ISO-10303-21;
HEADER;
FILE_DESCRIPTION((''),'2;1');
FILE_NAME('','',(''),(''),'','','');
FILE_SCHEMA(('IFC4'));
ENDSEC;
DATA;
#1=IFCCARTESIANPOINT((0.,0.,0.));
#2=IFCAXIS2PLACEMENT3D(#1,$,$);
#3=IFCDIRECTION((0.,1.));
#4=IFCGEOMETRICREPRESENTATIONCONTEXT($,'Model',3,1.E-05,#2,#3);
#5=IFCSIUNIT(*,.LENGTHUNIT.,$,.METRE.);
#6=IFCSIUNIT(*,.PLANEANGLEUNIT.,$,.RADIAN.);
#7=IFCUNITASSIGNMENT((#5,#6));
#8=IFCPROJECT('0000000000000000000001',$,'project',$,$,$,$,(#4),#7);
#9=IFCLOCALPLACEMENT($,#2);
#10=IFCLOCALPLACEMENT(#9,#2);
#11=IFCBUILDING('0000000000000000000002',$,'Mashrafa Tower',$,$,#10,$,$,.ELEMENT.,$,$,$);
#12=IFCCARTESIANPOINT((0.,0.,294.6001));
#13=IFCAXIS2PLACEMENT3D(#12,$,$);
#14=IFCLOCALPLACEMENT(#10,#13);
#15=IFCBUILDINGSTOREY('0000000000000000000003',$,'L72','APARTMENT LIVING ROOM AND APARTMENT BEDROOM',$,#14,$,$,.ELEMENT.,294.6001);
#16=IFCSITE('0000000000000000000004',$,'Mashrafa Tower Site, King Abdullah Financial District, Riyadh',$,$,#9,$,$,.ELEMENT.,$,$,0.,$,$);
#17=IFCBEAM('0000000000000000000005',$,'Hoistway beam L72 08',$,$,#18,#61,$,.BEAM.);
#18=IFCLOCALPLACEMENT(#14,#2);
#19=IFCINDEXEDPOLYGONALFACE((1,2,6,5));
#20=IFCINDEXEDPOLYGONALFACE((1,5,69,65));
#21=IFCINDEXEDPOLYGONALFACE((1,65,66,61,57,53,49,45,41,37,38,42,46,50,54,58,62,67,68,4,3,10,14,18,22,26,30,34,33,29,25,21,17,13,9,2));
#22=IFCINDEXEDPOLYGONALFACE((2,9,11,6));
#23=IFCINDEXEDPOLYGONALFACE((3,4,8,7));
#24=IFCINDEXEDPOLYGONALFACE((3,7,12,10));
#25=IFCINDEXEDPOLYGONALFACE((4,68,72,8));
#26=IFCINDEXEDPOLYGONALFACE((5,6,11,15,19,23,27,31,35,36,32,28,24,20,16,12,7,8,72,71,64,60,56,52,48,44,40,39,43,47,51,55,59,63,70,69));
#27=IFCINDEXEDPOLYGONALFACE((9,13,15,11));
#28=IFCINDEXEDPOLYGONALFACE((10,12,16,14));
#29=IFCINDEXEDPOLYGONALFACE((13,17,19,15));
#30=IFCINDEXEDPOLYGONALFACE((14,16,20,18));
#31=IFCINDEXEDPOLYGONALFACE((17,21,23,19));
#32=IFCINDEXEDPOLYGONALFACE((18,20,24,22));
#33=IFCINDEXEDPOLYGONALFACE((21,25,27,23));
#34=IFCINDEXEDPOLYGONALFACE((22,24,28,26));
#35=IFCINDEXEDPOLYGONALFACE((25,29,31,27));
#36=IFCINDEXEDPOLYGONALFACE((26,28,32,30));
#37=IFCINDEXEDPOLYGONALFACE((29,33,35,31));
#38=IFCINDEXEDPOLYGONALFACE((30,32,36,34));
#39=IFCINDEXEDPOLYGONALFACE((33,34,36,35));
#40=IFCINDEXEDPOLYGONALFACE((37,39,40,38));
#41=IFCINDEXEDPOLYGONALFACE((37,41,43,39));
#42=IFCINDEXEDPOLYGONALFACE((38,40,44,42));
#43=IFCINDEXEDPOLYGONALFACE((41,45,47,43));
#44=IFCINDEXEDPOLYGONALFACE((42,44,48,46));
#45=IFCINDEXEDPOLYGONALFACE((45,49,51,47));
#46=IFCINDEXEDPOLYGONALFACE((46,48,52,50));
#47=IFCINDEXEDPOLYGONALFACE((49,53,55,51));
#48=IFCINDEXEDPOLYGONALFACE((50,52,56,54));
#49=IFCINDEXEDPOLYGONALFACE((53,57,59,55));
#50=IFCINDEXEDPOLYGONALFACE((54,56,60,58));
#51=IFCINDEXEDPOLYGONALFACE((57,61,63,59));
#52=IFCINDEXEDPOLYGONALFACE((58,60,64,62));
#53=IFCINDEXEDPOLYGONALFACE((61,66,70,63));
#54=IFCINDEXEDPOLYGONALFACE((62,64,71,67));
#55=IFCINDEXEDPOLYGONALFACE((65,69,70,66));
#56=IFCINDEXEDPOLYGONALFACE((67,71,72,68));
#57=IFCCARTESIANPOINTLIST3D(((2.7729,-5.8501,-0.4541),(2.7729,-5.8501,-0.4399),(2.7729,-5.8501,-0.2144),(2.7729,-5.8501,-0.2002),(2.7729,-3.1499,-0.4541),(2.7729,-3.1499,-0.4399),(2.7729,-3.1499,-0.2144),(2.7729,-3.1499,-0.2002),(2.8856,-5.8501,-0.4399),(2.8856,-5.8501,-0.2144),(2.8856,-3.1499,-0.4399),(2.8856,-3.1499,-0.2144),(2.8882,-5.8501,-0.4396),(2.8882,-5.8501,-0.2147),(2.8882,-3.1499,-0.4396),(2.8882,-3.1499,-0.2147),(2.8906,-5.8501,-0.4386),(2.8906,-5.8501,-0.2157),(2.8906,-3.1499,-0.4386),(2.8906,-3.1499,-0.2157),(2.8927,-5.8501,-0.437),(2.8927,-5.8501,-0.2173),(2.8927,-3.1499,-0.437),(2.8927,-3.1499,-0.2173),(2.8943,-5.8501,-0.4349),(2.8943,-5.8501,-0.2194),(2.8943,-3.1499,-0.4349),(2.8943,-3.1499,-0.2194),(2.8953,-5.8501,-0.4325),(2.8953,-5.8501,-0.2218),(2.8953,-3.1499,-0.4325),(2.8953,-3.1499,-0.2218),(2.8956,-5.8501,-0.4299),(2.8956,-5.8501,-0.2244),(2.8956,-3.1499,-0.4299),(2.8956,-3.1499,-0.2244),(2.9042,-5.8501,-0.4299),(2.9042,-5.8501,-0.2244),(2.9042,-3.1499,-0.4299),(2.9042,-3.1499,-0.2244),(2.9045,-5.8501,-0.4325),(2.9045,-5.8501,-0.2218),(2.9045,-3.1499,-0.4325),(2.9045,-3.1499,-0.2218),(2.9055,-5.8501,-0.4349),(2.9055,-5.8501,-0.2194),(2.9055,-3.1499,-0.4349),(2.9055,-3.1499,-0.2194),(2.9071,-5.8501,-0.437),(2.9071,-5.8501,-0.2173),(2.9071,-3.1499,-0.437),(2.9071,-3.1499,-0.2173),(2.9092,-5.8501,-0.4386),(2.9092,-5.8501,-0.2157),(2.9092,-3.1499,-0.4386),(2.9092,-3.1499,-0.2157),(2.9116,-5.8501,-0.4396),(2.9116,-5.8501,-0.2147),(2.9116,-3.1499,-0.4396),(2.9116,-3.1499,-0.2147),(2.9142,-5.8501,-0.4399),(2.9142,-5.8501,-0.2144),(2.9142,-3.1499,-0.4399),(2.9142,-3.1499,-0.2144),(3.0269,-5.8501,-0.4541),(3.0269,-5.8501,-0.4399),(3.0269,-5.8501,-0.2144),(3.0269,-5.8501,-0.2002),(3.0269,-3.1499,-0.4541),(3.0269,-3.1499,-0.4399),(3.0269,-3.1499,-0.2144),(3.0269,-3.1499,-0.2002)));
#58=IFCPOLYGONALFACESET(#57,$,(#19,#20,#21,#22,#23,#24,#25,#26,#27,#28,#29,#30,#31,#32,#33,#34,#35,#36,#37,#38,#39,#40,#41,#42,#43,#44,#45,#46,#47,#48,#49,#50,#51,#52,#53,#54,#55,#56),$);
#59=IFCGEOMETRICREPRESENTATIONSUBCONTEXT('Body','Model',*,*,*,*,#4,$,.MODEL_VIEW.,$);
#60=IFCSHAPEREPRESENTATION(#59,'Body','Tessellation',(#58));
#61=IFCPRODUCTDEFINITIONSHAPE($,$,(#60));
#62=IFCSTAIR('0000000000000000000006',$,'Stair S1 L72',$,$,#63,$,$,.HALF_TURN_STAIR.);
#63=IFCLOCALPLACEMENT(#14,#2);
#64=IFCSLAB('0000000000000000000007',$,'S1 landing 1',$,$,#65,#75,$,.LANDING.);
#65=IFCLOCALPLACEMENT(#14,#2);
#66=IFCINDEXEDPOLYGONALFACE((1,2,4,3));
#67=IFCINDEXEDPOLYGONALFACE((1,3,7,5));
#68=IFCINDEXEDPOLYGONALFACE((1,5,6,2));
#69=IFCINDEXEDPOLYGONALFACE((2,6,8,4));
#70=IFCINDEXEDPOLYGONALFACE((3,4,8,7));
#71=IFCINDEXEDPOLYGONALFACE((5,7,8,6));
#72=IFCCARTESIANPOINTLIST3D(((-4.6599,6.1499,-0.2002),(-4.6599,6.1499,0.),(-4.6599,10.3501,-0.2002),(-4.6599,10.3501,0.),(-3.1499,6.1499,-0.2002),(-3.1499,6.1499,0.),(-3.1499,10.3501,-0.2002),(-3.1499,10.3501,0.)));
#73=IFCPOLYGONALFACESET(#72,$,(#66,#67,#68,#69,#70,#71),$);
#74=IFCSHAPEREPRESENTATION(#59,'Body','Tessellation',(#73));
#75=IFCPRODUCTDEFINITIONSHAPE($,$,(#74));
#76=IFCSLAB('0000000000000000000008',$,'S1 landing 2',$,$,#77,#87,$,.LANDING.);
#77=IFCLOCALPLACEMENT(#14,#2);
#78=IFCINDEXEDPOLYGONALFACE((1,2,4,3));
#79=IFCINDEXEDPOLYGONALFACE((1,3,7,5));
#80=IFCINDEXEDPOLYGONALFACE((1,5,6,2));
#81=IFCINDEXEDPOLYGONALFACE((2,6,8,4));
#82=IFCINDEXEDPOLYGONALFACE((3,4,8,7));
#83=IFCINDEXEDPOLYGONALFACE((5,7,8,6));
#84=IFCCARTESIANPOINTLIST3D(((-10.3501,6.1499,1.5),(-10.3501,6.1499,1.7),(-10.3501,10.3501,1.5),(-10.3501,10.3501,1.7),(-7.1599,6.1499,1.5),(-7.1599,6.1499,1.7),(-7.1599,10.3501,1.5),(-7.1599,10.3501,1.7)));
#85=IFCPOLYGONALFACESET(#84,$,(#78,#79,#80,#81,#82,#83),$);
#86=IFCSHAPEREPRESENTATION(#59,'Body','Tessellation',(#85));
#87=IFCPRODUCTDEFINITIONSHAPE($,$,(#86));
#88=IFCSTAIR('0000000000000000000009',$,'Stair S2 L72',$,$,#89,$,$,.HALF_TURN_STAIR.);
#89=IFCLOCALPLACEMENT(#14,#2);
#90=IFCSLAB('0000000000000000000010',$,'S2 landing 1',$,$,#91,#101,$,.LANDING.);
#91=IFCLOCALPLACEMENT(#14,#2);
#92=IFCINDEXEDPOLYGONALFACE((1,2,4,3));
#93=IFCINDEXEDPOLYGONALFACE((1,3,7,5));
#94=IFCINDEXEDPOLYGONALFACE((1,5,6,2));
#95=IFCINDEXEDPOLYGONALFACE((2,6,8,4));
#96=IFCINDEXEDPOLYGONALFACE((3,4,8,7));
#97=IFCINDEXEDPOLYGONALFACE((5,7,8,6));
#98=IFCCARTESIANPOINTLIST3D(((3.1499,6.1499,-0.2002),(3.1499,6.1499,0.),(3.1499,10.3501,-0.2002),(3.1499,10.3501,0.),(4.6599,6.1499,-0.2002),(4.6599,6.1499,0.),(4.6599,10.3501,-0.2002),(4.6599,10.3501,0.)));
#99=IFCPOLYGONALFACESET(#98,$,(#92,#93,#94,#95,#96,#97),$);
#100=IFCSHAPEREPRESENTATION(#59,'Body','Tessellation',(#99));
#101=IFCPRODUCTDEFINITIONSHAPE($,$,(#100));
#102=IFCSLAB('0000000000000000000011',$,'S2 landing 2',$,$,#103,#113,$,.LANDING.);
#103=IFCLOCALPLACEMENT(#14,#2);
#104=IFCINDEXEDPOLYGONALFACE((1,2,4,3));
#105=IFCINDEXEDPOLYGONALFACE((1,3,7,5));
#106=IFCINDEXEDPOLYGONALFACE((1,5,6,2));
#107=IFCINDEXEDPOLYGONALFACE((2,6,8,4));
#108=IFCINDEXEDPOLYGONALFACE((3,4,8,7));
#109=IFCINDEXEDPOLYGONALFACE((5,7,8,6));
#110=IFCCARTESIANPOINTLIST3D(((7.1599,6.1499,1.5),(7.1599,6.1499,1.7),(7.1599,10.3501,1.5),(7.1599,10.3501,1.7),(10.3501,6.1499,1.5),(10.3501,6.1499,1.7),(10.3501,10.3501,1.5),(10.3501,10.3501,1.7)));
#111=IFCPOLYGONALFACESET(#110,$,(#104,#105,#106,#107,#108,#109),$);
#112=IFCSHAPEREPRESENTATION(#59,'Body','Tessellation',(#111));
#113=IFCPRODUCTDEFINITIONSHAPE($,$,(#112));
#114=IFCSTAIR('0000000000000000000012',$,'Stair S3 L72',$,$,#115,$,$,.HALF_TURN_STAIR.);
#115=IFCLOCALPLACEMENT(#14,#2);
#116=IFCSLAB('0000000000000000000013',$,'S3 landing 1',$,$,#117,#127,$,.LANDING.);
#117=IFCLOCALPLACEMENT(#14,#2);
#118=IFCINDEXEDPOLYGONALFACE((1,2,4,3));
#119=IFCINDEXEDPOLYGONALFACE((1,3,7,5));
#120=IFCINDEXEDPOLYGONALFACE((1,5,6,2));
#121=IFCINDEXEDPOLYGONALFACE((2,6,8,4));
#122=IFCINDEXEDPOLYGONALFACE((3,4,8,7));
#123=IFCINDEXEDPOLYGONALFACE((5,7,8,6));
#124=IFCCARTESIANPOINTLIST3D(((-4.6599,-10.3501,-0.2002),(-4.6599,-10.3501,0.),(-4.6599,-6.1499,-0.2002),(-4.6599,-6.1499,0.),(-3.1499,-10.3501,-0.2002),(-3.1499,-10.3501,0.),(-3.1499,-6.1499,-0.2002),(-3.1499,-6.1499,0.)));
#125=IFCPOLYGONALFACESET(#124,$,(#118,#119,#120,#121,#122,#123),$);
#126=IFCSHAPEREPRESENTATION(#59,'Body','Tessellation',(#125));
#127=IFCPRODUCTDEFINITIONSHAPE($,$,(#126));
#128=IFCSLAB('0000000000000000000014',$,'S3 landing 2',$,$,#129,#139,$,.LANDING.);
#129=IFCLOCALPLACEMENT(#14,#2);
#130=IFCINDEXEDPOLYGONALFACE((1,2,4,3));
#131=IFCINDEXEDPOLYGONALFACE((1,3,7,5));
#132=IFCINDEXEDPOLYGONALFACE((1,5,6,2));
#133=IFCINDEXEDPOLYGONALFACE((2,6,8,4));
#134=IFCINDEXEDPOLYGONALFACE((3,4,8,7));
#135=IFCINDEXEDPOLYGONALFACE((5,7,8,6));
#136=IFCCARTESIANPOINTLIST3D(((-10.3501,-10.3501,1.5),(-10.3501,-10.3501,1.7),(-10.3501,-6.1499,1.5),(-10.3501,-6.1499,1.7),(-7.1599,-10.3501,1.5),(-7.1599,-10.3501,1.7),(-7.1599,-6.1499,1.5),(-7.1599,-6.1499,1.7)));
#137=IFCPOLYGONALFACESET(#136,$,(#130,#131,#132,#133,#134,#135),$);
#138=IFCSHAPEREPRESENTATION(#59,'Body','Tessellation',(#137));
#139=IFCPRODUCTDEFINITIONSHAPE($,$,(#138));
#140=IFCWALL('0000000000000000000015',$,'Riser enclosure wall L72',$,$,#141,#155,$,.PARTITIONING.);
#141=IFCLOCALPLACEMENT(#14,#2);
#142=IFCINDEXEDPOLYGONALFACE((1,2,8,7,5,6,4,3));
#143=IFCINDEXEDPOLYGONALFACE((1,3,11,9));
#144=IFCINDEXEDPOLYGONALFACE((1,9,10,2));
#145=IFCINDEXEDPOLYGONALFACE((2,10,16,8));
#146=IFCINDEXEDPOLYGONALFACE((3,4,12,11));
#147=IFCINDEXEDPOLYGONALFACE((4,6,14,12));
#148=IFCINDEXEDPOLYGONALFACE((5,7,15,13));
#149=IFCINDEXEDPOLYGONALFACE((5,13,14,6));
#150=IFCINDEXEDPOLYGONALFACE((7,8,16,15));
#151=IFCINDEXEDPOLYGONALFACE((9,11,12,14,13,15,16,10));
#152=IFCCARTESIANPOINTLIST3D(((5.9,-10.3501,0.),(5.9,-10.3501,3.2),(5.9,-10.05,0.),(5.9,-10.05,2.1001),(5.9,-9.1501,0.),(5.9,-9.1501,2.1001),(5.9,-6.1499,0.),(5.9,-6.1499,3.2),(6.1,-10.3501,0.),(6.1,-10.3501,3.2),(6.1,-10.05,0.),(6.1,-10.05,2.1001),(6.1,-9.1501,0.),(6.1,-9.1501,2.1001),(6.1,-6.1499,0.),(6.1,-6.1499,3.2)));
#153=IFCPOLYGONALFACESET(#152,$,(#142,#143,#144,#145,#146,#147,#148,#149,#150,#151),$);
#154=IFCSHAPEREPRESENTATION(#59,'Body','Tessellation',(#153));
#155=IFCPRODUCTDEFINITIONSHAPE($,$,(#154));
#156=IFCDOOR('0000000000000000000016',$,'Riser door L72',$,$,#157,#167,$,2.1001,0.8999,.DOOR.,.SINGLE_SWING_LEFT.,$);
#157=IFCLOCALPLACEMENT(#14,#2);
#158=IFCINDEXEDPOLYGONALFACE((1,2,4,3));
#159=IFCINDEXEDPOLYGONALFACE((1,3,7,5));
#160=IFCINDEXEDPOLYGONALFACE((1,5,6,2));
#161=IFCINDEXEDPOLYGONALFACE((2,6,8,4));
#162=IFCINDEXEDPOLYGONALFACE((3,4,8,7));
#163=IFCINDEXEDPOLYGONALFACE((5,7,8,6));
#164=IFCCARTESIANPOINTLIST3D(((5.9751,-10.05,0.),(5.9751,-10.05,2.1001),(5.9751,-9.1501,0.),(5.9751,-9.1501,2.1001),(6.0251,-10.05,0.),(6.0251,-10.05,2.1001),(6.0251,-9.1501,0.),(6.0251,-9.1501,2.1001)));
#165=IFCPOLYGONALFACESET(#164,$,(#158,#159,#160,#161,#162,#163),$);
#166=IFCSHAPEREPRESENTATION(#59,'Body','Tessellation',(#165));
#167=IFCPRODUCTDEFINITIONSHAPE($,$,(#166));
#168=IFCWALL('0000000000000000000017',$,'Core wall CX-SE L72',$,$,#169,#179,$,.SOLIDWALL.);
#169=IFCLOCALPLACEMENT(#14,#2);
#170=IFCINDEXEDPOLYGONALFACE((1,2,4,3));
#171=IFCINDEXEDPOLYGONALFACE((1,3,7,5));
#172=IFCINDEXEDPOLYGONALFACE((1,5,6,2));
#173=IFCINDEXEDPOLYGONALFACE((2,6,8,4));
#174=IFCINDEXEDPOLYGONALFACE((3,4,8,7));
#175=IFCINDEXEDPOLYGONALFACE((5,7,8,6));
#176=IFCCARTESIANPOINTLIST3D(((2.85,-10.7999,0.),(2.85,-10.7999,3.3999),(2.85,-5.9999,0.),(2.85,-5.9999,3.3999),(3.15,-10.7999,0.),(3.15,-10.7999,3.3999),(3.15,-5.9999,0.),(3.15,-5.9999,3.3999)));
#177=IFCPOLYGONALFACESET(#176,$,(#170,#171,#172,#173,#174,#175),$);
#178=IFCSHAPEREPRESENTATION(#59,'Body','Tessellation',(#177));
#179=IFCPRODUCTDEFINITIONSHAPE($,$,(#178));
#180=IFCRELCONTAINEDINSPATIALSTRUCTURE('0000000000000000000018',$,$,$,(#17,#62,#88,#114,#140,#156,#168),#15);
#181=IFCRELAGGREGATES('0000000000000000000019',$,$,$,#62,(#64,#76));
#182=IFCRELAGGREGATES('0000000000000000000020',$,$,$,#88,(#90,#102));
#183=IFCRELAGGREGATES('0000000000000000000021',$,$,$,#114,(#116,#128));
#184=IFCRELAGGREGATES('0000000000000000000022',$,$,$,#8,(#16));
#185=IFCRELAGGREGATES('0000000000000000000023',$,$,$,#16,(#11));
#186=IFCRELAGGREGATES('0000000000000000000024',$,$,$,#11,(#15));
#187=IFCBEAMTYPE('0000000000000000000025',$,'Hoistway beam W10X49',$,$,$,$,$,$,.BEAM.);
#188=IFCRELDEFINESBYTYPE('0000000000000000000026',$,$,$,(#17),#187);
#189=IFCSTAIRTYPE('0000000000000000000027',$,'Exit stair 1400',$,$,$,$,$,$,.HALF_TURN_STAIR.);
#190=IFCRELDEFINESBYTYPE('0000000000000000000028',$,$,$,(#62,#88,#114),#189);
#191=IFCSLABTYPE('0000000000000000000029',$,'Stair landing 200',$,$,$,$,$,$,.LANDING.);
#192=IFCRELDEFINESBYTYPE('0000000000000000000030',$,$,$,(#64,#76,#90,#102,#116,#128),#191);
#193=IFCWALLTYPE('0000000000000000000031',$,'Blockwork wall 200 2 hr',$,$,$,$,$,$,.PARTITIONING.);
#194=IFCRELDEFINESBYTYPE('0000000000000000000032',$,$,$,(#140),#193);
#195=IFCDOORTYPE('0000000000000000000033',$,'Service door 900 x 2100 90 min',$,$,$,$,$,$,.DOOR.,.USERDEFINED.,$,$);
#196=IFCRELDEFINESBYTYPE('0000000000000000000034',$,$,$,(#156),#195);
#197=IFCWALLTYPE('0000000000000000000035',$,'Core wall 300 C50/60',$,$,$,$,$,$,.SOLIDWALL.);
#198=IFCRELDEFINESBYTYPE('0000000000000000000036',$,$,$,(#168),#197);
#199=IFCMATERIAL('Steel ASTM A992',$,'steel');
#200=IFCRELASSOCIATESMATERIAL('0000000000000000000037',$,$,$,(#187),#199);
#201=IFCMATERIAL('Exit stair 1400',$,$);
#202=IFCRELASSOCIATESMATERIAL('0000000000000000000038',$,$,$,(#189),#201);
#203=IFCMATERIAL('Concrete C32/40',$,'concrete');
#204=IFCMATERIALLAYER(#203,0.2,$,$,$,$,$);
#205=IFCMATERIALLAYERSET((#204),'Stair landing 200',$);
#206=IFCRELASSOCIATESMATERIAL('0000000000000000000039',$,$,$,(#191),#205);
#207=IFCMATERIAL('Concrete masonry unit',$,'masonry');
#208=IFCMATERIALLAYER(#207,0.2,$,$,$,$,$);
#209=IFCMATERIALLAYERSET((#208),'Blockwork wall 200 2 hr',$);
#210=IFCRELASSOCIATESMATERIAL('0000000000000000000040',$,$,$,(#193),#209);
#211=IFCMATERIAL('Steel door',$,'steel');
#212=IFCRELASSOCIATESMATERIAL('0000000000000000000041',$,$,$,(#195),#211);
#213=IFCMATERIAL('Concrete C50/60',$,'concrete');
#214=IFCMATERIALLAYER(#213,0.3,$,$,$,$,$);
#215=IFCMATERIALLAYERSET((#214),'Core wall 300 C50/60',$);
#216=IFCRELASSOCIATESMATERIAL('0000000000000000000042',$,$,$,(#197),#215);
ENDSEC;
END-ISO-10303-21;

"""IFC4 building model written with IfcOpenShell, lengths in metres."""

from ifc_helpers import new_model, si_unit, direction, frame, frame_2d, origin, origin_2d, place, context, subcontext, project, spatial, polyline, rectangle, i_section, outline, extrude, material, layer, layer_set, material_profile, profile_set, type_object, element, fill, aggregate, save


model = new_model("IFC4")

# Units and contexts
model_context = context("Model", 3, precision=1e-05, world=origin(), true_north=direction((0.0, 1.0)))
body_context = subcontext(model_context, "Body", "Model", "MODEL_VIEW")
ifc_project = project(units=[si_unit("LENGTHUNIT", "METRE"), si_unit("PLANEANGLEUNIT", "RADIAN")], contexts=[model_context])

# Site, building, storey
site_placement = place(None, origin())
site = spatial("IfcSite", under=ifc_project, at=site_placement, Name="Mashrafa Tower Site, King Abdullah Financial District, Riyadh", CompositionType="ELEMENT", RefElevation=0.0)
building_placement = place(site_placement, origin())
building = spatial("IfcBuilding", under=site, at=building_placement, Name="Mashrafa Tower", CompositionType="ELEMENT")
storey_placement = place(building_placement, frame((0.0, 0.0, 294.6001)))
storey = spatial("IfcBuildingStorey", under=building, at=storey_placement, Name="L72", Description="APARTMENT LIVING ROOM AND APARTMENT BEDROOM", CompositionType="ELEMENT", Elevation=294.6001)

# Beam
ifc_material_1 = material(Name="Steel ASTM A992", Category="steel")
ifc_material_profile_1 = material_profile(ifc_material_1, i_section(OverallWidth=0.2539, OverallDepth=0.2539, WebThickness=0.0085, FlangeThickness=0.0142, FilletRadius=0.01, at=origin_2d()), Name="W10X49")
ifc_profile_set_1 = profile_set([ifc_material_profile_1], Name="Steel ASTM A992")
beam_type_1 = type_object("IfcBeamType", Name="Hoistway beam W10X49", PredefinedType="BEAM", material=ifc_profile_set_1)
beam_1_placement = place(storey_placement, frame((2.8999, -5.8501, -0.3271), z_axis=(0.0, 1.0, 0.0), x_axis=(-1.0, 0.0, 0.0)))
element("IfcBeam", 1, at=beam_1_placement, inside=storey, type_object=beam_type_1, Name="Hoistway beam L72 08", PredefinedType="BEAM", context=body_context, shape_type="SweptSolid", body=[
    extrude(i_section(OverallWidth=0.2539, OverallDepth=0.2539, WebThickness=0.0085, FlangeThickness=0.0142, FilletRadius=0.01, at=origin_2d()), origin(), (0.0, 0.0, 1.0), 2.7002),
])

# Stairs, slabs
ifc_material_2 = material(Name="Exit stair 1400")
stair_type = type_object("IfcStairType", Name="Exit stair 1400", PredefinedType="HALF_TURN_STAIR", material=ifc_material_2)
stair_1_placement = place(storey_placement, origin())
stair_1 = element("IfcStair", 2, at=stair_1_placement, inside=storey, type_object=stair_type, Name="Stair S1 L72", PredefinedType="HALF_TURN_STAIR")
ifc_material_3 = material(Name="Concrete C32/40", Category="concrete")
ifc_layer_1 = layer(ifc_material_3, 0.2)
ifc_layer_set_1 = layer_set([ifc_layer_1], Name="Stair landing 200")
slab_type = type_object("IfcSlabType", Name="Stair landing 200", PredefinedType="LANDING", material=ifc_layer_set_1)
slab_1_placement = place(storey_placement, frame((0.0, 0.0, -0.2002)))
slab_1 = element("IfcSlab", 3, at=slab_1_placement, type_object=slab_type, Name="S1 landing 1", PredefinedType="LANDING", context=body_context, shape_type="SweptSolid", body=[
    extrude(outline(polyline([(-4.6599, 6.1499), (-3.1499, 6.1499), (-3.1499, 10.3501), (-4.6599, 10.3501), (-4.6599, 6.1499)])), origin(), (0.0, 0.0, 1.0), 0.2002),
])
slab_2_placement = place(storey_placement, frame((0.0, 0.0, 1.5)))
slab_2 = element("IfcSlab", 4, at=slab_2_placement, type_object=slab_type, Name="S1 landing 2", PredefinedType="LANDING", context=body_context, shape_type="SweptSolid", body=[
    extrude(outline(polyline([(-10.3501, 6.1499), (-7.1599, 6.1499), (-7.1599, 10.3501), (-10.3501, 10.3501), (-10.3501, 6.1499)])), origin(), (0.0, 0.0, 1.0), 0.2),
])
aggregate(stair_1, [slab_1, slab_2])
stair_2_placement = place(storey_placement, origin())
stair_2 = element("IfcStair", 5, at=stair_2_placement, inside=storey, type_object=stair_type, Name="Stair S2 L72", PredefinedType="HALF_TURN_STAIR")
slab_3_placement = place(storey_placement, frame((0.0, 0.0, -0.2002)))
slab_3 = element("IfcSlab", 6, at=slab_3_placement, type_object=slab_type, Name="S2 landing 1", PredefinedType="LANDING", context=body_context, shape_type="SweptSolid", body=[
    extrude(outline(polyline([(3.1499, 6.1499), (4.6599, 6.1499), (4.6599, 10.3501), (3.1499, 10.3501), (3.1499, 6.1499)])), origin(), (0.0, 0.0, 1.0), 0.2002),
])
slab_4_placement = place(storey_placement, frame((0.0, 0.0, 1.5)))
slab_4 = element("IfcSlab", 7, at=slab_4_placement, type_object=slab_type, Name="S2 landing 2", PredefinedType="LANDING", context=body_context, shape_type="SweptSolid", body=[
    extrude(outline(polyline([(7.1599, 6.1499), (10.3501, 6.1499), (10.3501, 10.3501), (7.1599, 10.3501), (7.1599, 6.1499)])), origin(), (0.0, 0.0, 1.0), 0.2),
])
aggregate(stair_2, [slab_3, slab_4])
stair_3_placement = place(storey_placement, origin())
stair_3 = element("IfcStair", 8, at=stair_3_placement, inside=storey, type_object=stair_type, Name="Stair S3 L72", PredefinedType="HALF_TURN_STAIR")
slab_5_placement = place(storey_placement, frame((0.0, 0.0, -0.2002)))
slab_5 = element("IfcSlab", 9, at=slab_5_placement, type_object=slab_type, Name="S3 landing 1", PredefinedType="LANDING", context=body_context, shape_type="SweptSolid", body=[
    extrude(outline(polyline([(-4.6599, -10.3501), (-3.1499, -10.3501), (-3.1499, -6.1499), (-4.6599, -6.1499), (-4.6599, -10.3501)])), origin(), (0.0, 0.0, 1.0), 0.2002),
])
slab_6_placement = place(storey_placement, frame((0.0, 0.0, 1.5)))
slab_6 = element("IfcSlab", 10, at=slab_6_placement, type_object=slab_type, Name="S3 landing 2", PredefinedType="LANDING", context=body_context, shape_type="SweptSolid", body=[
    extrude(outline(polyline([(-10.3501, -10.3501), (-7.1599, -10.3501), (-7.1599, -6.1499), (-10.3501, -6.1499), (-10.3501, -10.3501)])), origin(), (0.0, 0.0, 1.0), 0.2),
])
aggregate(stair_3, [slab_5, slab_6])

# Wall, opening, door
ifc_material_4 = material(Name="Concrete masonry unit", Category="masonry")
ifc_layer_2 = layer(ifc_material_4, 0.2)
ifc_layer_set_2 = layer_set([ifc_layer_2], Name="Blockwork wall 200 2 hr")
wall_type_1 = type_object("IfcWallType", Name="Blockwork wall 200 2 hr", PredefinedType="PARTITIONING", material=ifc_layer_set_2)
wall_1_placement = place(storey_placement, frame((6.0, -10.3501, 0.0), z_axis=(0.0, 0.0, 1.0), x_axis=(0.0, 1.0, 0.0)))
wall_1 = element("IfcWall", 11, at=wall_1_placement, inside=storey, type_object=wall_type_1, Name="Riser enclosure wall L72", PredefinedType="PARTITIONING", context=body_context, shape_type="SweptSolid", body=[
    extrude(rectangle(XDim=4.2002, YDim=0.2, at=frame_2d((2.1001, 0.0))), origin(), (0.0, 0.0, 1.0), 3.2),
])
opening_1_placement = place(wall_1_placement, frame((0.3, 0.0, 0.0)))
opening_1 = element("IfcOpeningElement", 12, at=opening_1_placement, cuts=wall_1, PredefinedType="OPENING", context=body_context, shape_type="SweptSolid", body=[
    extrude(rectangle(XDim=0.8999, YDim=2.1001, at=frame_2d((0.45, 1.05))), frame((0.0, 0.1099, 0.0), z_axis=(0.0, -1.0, 0.0), x_axis=(1.0, 0.0, 0.0)), (0.0, 0.0, 1.0), 0.22),
])
ifc_material_5 = material(Name="Steel door", Category="steel")
door_type_1 = type_object("IfcDoorType", Name="Service door 900 x 2100 90 min", OperationType="USERDEFINED", PredefinedType="DOOR", material=ifc_material_5)
door_1_placement = place(opening_1_placement, origin())
door_1 = element("IfcDoor", 13, at=door_1_placement, inside=storey, type_object=door_type_1, Name="Riser door L72", OperationType="SINGLE_SWING_LEFT", OverallHeight=2.1001, OverallWidth=0.8999, PredefinedType="DOOR", context=body_context, shape_type="SweptSolid", body=[
    extrude(rectangle(XDim=0.8999, YDim=2.1001, at=frame_2d((0.45, 1.05))), frame((0.0, 0.0249, 0.0), z_axis=(0.0, -1.0, 0.0), x_axis=(1.0, 0.0, 0.0)), (0.0, 0.0, 1.0), 0.05),
])
fill(opening_1, door_1)

# Wall
ifc_material_6 = material(Name="Concrete C50/60", Category="concrete")
ifc_layer_3 = layer(ifc_material_6, 0.3)
ifc_layer_set_3 = layer_set([ifc_layer_3], Name="Core wall 300 C50/60")
wall_type_2 = type_object("IfcWallType", Name="Core wall 300 C50/60", PredefinedType="SOLIDWALL", material=ifc_layer_set_3)
wall_2_placement = place(storey_placement, frame((3.0, -6.0, 0.0), z_axis=(0.0, 0.0, 1.0), x_axis=(0.0, -1.0, 0.0)))
element("IfcWall", 14, at=wall_2_placement, inside=storey, type_object=wall_type_2, Name="Core wall CX-SE L72", PredefinedType="SOLIDWALL", context=body_context, shape_type="SweptSolid", body=[
    extrude(rectangle(XDim=4.8, YDim=0.3, at=frame_2d((2.3999, 0.0))), origin(), (0.0, 0.0, 1.0), 3.3999),
])

save(model, "model.ifc")
